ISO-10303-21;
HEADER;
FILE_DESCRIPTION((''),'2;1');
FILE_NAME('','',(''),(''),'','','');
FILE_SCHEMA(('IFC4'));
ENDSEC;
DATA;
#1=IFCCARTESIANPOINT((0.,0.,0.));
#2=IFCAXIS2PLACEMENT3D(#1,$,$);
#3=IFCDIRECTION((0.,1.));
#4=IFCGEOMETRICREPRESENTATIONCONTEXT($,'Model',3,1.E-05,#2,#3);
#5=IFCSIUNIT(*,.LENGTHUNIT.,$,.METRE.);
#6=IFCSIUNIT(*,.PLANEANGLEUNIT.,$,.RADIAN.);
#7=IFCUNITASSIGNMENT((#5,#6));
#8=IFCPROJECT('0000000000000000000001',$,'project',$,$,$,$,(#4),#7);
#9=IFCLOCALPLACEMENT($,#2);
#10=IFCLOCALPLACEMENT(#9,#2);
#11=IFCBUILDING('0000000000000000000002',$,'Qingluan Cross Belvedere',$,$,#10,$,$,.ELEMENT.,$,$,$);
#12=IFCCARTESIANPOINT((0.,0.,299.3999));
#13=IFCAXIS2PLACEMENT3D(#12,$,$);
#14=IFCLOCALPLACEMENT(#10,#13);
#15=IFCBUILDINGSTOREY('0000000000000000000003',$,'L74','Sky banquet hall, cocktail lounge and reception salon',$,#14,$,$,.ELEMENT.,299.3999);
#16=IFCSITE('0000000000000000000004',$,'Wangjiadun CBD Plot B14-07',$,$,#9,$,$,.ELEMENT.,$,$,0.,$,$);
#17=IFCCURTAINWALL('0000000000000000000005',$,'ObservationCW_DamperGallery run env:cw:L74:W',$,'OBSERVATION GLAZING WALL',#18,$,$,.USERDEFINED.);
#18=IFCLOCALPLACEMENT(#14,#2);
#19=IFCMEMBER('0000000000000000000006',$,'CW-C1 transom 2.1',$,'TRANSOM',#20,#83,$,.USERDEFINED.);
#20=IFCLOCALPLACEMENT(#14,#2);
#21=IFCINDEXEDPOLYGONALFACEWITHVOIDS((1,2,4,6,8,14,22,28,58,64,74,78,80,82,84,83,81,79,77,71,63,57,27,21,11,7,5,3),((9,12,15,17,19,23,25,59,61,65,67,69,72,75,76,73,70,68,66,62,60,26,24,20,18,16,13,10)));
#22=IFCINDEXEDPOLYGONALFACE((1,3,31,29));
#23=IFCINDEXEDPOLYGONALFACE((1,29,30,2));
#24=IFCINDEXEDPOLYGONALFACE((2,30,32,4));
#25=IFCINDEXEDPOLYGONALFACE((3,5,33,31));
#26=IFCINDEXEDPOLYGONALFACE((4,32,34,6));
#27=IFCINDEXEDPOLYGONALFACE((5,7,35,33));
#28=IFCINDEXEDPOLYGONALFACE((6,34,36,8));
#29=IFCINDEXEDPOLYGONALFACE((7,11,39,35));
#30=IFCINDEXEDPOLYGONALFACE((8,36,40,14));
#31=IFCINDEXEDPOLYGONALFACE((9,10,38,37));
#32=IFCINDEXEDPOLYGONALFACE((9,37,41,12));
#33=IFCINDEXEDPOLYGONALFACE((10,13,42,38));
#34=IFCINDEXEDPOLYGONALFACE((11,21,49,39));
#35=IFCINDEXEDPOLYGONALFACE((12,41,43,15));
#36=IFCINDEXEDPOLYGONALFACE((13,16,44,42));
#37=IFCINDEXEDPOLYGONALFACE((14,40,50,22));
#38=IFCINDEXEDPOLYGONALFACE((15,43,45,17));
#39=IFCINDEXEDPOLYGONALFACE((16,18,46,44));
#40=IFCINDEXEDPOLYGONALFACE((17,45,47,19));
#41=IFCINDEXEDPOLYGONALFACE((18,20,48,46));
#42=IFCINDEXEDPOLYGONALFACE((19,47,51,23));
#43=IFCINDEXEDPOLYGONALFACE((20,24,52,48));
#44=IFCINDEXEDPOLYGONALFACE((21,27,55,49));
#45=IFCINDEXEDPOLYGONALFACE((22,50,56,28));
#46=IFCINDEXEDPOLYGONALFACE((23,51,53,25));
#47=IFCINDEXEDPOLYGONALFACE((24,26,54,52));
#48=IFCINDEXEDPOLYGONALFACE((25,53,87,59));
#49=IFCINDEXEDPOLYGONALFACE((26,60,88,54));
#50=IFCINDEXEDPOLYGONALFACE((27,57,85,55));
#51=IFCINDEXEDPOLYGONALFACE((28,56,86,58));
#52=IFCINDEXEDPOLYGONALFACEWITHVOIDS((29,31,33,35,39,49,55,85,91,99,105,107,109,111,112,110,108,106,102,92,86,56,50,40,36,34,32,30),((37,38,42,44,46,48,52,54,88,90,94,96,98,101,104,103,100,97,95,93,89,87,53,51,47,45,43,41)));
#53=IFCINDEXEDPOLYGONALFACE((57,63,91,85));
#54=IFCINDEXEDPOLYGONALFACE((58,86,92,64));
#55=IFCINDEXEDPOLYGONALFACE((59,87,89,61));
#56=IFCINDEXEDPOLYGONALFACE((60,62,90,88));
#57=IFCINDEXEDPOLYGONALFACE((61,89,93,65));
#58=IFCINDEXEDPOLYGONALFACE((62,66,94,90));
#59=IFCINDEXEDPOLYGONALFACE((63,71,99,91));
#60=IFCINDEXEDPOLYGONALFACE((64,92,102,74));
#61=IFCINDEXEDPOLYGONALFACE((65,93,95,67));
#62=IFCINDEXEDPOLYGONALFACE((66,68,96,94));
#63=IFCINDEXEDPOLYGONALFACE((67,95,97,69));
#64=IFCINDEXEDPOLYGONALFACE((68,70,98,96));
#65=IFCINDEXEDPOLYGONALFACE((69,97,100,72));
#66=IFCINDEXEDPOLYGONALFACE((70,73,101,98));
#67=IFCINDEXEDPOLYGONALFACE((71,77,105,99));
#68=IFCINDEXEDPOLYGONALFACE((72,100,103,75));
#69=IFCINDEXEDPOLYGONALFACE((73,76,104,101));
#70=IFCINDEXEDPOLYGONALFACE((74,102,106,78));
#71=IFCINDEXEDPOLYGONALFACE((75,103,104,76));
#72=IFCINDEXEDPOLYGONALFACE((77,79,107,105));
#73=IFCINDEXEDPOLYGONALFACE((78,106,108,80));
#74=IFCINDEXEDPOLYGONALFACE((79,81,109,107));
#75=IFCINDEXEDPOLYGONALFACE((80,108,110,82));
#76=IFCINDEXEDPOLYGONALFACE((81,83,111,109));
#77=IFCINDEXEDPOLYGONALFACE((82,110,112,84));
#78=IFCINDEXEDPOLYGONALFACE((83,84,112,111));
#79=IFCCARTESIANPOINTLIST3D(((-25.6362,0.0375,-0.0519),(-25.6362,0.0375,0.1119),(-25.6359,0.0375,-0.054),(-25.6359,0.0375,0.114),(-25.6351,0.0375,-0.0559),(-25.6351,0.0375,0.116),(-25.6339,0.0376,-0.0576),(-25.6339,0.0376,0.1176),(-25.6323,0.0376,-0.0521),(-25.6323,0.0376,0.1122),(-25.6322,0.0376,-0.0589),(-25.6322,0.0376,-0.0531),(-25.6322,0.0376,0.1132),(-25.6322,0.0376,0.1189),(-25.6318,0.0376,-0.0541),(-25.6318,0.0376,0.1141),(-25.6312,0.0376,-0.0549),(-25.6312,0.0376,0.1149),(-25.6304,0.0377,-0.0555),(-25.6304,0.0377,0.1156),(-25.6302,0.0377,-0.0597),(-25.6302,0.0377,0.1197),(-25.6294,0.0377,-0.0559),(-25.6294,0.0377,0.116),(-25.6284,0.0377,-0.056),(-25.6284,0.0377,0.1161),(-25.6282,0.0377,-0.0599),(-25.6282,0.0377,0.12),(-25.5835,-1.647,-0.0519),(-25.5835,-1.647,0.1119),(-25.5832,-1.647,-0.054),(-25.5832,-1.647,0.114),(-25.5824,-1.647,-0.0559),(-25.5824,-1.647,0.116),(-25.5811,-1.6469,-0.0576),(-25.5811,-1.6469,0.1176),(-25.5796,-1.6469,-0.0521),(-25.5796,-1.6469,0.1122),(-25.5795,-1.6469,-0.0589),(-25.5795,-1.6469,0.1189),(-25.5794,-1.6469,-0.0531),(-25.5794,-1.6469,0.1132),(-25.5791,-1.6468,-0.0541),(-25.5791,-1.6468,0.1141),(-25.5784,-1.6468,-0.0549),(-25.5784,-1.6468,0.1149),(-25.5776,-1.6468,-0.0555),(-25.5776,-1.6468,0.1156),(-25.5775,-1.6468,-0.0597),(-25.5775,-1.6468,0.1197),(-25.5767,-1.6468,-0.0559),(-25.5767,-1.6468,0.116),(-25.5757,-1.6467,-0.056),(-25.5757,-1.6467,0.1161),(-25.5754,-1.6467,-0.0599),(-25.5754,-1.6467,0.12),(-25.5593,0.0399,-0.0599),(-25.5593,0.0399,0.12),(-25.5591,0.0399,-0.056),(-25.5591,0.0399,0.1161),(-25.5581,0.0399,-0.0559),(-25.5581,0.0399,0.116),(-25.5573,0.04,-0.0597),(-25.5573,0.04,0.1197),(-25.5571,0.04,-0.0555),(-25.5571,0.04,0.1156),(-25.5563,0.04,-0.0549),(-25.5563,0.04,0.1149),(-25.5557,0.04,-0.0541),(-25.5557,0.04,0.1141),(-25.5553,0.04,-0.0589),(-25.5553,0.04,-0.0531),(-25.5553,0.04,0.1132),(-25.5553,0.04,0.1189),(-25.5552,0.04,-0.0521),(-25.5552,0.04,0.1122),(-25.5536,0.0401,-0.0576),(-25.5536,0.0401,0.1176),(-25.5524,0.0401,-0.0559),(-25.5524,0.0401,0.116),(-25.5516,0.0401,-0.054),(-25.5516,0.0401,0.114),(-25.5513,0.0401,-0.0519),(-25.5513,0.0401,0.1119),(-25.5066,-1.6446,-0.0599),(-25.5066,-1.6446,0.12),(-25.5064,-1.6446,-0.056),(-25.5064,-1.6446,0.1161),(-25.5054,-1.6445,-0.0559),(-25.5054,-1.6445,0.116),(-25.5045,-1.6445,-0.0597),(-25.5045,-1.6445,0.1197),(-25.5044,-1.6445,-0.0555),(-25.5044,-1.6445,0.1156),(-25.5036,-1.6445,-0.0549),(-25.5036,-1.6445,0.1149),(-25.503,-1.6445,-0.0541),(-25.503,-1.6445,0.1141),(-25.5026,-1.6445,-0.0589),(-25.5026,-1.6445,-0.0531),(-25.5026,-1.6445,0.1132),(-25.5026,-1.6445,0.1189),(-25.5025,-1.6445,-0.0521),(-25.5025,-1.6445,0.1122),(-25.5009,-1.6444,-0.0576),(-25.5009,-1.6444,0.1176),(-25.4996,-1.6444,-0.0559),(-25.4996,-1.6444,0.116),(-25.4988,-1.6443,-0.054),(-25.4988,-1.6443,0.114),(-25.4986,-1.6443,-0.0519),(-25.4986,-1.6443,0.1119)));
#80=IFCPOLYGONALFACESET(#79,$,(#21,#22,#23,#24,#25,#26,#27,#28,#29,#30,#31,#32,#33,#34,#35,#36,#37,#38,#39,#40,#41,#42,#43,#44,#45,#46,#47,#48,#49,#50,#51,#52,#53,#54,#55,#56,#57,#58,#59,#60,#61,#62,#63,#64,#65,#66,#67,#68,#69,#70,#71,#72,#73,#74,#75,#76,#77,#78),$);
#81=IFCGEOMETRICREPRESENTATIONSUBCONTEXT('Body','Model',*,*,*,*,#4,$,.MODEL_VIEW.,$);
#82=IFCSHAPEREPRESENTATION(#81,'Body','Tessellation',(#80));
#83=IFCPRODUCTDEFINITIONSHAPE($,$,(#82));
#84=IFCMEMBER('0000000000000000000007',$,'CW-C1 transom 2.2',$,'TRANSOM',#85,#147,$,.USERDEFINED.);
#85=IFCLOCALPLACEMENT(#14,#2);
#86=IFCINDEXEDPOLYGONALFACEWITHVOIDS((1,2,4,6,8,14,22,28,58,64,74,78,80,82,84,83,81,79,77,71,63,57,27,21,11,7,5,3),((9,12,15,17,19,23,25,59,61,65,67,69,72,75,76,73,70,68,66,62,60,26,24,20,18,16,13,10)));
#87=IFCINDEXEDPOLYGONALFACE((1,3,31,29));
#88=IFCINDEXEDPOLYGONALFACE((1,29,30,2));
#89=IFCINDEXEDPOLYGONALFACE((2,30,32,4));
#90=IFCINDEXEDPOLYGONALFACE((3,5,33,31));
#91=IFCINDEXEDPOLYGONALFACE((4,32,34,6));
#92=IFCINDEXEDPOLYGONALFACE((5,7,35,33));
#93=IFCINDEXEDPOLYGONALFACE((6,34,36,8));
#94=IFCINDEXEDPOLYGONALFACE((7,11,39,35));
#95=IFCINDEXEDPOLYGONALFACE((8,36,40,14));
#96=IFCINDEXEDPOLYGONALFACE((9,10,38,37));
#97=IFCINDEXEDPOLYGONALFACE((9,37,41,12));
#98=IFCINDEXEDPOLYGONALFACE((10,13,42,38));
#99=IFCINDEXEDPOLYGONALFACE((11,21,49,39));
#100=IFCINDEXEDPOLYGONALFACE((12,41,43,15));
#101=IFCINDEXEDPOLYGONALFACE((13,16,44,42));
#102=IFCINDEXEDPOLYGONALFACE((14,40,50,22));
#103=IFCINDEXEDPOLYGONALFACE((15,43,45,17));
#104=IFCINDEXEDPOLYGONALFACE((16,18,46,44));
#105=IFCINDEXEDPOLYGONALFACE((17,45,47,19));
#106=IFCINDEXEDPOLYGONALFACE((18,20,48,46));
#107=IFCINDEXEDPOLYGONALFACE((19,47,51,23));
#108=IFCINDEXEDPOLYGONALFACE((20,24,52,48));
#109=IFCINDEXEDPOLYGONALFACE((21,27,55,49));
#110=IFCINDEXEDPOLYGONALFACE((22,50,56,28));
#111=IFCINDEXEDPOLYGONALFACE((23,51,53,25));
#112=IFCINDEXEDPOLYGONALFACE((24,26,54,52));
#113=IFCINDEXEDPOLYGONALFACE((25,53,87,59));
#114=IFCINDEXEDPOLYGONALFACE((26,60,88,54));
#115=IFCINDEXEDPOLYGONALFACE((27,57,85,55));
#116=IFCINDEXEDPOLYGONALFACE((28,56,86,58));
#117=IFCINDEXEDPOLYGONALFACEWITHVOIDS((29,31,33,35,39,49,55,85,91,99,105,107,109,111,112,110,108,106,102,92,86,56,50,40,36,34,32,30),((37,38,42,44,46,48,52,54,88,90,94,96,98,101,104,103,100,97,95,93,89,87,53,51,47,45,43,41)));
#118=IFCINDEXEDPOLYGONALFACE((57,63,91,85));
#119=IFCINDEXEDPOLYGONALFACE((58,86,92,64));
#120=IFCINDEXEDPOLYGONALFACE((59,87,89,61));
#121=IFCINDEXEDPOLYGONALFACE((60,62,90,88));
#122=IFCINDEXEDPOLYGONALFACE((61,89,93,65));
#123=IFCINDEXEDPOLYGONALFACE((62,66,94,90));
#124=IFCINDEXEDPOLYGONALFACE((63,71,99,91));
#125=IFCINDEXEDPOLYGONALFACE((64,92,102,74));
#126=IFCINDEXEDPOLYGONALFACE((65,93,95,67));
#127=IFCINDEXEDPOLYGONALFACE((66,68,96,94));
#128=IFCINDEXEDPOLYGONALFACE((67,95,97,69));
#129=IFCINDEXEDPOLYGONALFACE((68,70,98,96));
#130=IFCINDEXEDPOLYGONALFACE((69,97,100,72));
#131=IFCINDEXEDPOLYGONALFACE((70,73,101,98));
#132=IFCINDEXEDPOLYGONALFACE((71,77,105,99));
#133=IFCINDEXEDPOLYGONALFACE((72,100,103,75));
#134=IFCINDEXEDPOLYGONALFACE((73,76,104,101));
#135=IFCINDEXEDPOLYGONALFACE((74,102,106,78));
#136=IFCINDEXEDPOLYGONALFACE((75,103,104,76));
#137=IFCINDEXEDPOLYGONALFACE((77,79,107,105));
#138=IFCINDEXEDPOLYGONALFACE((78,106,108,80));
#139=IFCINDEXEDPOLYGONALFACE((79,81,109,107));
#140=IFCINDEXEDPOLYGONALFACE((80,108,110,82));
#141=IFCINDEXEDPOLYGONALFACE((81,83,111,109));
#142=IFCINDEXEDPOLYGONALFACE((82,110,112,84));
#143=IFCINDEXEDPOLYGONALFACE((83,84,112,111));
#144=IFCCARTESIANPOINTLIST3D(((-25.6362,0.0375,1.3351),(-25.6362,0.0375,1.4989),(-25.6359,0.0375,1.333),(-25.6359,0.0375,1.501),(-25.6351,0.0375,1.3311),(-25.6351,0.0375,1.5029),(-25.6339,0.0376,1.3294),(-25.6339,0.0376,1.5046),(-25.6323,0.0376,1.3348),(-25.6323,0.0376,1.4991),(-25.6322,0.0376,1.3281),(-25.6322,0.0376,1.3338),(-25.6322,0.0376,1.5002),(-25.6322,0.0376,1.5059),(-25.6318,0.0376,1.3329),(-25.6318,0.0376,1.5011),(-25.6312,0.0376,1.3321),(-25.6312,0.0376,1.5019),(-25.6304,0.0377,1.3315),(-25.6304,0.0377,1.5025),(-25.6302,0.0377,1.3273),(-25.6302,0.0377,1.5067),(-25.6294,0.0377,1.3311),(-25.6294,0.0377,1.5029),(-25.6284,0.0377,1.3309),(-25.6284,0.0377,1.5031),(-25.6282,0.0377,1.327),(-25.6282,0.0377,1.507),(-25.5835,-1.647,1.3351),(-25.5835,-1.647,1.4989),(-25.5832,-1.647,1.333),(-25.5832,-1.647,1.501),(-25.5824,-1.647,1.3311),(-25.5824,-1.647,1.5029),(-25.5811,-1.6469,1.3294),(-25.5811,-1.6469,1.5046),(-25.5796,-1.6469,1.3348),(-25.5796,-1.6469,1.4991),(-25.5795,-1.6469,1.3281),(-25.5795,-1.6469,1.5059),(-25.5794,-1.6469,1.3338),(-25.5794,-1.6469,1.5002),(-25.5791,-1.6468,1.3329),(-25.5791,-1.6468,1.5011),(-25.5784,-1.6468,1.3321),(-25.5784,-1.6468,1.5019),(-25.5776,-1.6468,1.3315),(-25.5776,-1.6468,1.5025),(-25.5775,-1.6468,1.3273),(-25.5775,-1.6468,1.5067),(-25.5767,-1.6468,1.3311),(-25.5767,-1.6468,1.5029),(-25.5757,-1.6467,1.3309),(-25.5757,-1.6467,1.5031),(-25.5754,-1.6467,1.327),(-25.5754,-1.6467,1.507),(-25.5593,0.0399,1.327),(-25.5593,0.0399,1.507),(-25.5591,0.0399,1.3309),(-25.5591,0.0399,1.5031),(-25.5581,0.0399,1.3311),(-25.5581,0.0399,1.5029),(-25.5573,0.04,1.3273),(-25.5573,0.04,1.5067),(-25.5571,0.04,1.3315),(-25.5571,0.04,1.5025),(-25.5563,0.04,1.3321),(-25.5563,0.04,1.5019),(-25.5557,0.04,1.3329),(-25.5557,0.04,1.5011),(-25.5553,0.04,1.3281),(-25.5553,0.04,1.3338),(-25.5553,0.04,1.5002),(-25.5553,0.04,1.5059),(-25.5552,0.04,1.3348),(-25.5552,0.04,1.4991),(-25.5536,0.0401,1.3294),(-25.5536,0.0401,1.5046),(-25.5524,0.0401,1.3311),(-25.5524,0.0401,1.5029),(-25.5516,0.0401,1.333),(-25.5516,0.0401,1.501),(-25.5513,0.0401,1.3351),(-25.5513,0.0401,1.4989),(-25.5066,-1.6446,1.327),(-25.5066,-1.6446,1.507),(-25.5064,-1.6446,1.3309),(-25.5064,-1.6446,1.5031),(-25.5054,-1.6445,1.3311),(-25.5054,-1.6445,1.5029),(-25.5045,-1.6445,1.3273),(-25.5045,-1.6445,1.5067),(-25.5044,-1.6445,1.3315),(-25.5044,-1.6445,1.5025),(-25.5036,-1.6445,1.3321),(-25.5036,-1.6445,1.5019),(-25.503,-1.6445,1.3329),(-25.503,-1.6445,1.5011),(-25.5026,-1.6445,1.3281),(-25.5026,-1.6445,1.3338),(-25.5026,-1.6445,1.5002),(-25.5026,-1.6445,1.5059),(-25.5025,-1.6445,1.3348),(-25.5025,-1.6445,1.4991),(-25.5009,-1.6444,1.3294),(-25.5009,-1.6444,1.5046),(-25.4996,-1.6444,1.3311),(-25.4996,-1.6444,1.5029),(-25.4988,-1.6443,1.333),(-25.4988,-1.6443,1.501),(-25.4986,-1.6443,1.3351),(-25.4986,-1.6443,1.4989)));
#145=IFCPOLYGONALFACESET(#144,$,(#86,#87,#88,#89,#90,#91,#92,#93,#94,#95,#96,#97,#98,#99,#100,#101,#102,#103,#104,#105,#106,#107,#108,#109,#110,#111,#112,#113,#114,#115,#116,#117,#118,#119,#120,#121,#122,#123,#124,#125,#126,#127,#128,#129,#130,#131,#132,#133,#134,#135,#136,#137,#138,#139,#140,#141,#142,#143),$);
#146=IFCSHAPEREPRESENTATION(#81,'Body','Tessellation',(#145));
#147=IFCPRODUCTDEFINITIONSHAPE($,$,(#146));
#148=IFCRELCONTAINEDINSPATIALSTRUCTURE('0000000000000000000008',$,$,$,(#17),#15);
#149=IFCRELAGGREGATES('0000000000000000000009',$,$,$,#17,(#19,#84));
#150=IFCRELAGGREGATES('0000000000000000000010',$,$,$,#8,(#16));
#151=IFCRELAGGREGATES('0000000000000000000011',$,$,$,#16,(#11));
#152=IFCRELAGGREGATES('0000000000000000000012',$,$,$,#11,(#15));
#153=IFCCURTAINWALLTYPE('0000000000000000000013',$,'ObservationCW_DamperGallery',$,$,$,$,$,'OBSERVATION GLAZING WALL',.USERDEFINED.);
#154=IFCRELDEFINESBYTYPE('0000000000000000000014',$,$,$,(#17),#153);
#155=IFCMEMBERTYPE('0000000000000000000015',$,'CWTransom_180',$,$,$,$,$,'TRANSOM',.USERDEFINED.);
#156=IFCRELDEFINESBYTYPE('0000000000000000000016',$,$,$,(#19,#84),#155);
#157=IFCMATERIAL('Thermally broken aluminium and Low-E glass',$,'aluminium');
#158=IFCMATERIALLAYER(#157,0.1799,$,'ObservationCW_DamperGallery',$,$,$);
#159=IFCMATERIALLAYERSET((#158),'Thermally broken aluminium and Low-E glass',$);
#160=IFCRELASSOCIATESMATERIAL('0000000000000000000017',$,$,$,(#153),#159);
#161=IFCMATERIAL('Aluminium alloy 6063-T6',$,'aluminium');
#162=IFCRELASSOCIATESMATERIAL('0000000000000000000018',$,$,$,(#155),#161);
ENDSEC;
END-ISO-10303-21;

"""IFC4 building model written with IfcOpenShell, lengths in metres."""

from ifc_helpers import new_model, si_unit, direction, frame, origin, origin_2d, place, context, subcontext, project, spatial, hollow_rectangle, extrude, material, layer, layer_set, material_profile, profile_set, type_object, element, aggregate, save


model = new_model("IFC4")

# Units and contexts
model_context = context("Model", 3, precision=1e-05, world=origin(), true_north=direction((0.0, 1.0)))
body_context = subcontext(model_context, "Body", "Model", "MODEL_VIEW")
ifc_project = project(units=[si_unit("LENGTHUNIT", "METRE"), si_unit("PLANEANGLEUNIT", "RADIAN")], contexts=[model_context])

# Site, building, storey
site_placement = place(None, origin())
site = spatial("IfcSite", under=ifc_project, at=site_placement, Name="Wangjiadun CBD Plot B14-07", CompositionType="ELEMENT", RefElevation=0.0)
building_placement = place(site_placement, origin())
building = spatial("IfcBuilding", under=site, at=building_placement, Name="Qingluan Cross Belvedere", CompositionType="ELEMENT")
storey_placement = place(building_placement, frame((0.0, 0.0, 299.3999)))
storey = spatial("IfcBuildingStorey", under=building, at=storey_placement, Name="L74", Description="Sky banquet hall, cocktail lounge and reception salon", CompositionType="ELEMENT", Elevation=299.3999)

# Curtain wall, members
ifc_material_1 = material(Name="Thermally broken aluminium and Low-E glass", Category="aluminium")
ifc_layer_1 = layer(ifc_material_1, 0.1799, Name="ObservationCW_DamperGallery")
ifc_layer_set_1 = layer_set([ifc_layer_1], Name="Thermally broken aluminium and Low-E glass")
curtain_wall_type = type_object("IfcCurtainWallType", Name="ObservationCW_DamperGallery", ElementType="OBSERVATION GLAZING WALL", PredefinedType="USERDEFINED", material=ifc_layer_set_1)
curtain_wall_placement = place(storey_placement, origin())
curtain_wall = element("IfcCurtainWall", 1, at=curtain_wall_placement, inside=storey, type_object=curtain_wall_type, Name="ObservationCW_DamperGallery run env:cw:L74:W", ObjectType="OBSERVATION GLAZING WALL", PredefinedType="USERDEFINED")
ifc_material_2 = material(Name="Aluminium alloy 6063-T6", Category="aluminium")
ifc_material_profile_1 = material_profile(ifc_material_2, hollow_rectangle(XDim=0.085, YDim=0.1799, WallThickness=0.0039, InnerFilletRadius=0.0039, OuterFilletRadius=0.0081, at=origin_2d()), Name="CWT180x85x4")
ifc_profile_set_1 = profile_set([ifc_material_profile_1], Name="Aluminium alloy 6063-T6")
member_type_1 = type_object("IfcMemberType", Name="CWTransom_180", ElementType="TRANSOM", PredefinedType="USERDEFINED", material=ifc_profile_set_1)
member_1_placement = place(storey_placement, frame((-25.5938, 0.0388, 0.03), z_axis=(0.031289, -0.99951, 0.0), x_axis=(0.99951, 0.031289, 0.0)))
member_1 = element("IfcMember", 2, at=member_1_placement, type_object=member_type_1, Name="CW-C1 transom 2.1", ObjectType="TRANSOM", PredefinedType="USERDEFINED", context=body_context, shape_type="SweptSolid", body=[
    extrude(hollow_rectangle(XDim=0.085, YDim=0.1799, WallThickness=0.0039, InnerFilletRadius=0.0039, OuterFilletRadius=0.0081, at=origin_2d()), origin(), (0.0, 0.0, 1.0), 1.6853),
])
member_2_placement = place(storey_placement, frame((-25.5938, 0.0388, 1.417), z_axis=(0.031289, -0.99951, 0.0), x_axis=(0.99951, 0.031289, 0.0)))
member_2 = element("IfcMember", 3, at=member_2_placement, type_object=member_type_1, Name="CW-C1 transom 2.2", ObjectType="TRANSOM", PredefinedType="USERDEFINED", context=body_context, shape_type="SweptSolid", body=[
    extrude(hollow_rectangle(XDim=0.085, YDim=0.1799, WallThickness=0.0039, InnerFilletRadius=0.0039, OuterFilletRadius=0.0081, at=origin_2d()), origin(), (0.0, 0.0, 1.0), 1.6853),
])
aggregate(curtain_wall, [member_1, member_2])

save(model, "model.ifc")
